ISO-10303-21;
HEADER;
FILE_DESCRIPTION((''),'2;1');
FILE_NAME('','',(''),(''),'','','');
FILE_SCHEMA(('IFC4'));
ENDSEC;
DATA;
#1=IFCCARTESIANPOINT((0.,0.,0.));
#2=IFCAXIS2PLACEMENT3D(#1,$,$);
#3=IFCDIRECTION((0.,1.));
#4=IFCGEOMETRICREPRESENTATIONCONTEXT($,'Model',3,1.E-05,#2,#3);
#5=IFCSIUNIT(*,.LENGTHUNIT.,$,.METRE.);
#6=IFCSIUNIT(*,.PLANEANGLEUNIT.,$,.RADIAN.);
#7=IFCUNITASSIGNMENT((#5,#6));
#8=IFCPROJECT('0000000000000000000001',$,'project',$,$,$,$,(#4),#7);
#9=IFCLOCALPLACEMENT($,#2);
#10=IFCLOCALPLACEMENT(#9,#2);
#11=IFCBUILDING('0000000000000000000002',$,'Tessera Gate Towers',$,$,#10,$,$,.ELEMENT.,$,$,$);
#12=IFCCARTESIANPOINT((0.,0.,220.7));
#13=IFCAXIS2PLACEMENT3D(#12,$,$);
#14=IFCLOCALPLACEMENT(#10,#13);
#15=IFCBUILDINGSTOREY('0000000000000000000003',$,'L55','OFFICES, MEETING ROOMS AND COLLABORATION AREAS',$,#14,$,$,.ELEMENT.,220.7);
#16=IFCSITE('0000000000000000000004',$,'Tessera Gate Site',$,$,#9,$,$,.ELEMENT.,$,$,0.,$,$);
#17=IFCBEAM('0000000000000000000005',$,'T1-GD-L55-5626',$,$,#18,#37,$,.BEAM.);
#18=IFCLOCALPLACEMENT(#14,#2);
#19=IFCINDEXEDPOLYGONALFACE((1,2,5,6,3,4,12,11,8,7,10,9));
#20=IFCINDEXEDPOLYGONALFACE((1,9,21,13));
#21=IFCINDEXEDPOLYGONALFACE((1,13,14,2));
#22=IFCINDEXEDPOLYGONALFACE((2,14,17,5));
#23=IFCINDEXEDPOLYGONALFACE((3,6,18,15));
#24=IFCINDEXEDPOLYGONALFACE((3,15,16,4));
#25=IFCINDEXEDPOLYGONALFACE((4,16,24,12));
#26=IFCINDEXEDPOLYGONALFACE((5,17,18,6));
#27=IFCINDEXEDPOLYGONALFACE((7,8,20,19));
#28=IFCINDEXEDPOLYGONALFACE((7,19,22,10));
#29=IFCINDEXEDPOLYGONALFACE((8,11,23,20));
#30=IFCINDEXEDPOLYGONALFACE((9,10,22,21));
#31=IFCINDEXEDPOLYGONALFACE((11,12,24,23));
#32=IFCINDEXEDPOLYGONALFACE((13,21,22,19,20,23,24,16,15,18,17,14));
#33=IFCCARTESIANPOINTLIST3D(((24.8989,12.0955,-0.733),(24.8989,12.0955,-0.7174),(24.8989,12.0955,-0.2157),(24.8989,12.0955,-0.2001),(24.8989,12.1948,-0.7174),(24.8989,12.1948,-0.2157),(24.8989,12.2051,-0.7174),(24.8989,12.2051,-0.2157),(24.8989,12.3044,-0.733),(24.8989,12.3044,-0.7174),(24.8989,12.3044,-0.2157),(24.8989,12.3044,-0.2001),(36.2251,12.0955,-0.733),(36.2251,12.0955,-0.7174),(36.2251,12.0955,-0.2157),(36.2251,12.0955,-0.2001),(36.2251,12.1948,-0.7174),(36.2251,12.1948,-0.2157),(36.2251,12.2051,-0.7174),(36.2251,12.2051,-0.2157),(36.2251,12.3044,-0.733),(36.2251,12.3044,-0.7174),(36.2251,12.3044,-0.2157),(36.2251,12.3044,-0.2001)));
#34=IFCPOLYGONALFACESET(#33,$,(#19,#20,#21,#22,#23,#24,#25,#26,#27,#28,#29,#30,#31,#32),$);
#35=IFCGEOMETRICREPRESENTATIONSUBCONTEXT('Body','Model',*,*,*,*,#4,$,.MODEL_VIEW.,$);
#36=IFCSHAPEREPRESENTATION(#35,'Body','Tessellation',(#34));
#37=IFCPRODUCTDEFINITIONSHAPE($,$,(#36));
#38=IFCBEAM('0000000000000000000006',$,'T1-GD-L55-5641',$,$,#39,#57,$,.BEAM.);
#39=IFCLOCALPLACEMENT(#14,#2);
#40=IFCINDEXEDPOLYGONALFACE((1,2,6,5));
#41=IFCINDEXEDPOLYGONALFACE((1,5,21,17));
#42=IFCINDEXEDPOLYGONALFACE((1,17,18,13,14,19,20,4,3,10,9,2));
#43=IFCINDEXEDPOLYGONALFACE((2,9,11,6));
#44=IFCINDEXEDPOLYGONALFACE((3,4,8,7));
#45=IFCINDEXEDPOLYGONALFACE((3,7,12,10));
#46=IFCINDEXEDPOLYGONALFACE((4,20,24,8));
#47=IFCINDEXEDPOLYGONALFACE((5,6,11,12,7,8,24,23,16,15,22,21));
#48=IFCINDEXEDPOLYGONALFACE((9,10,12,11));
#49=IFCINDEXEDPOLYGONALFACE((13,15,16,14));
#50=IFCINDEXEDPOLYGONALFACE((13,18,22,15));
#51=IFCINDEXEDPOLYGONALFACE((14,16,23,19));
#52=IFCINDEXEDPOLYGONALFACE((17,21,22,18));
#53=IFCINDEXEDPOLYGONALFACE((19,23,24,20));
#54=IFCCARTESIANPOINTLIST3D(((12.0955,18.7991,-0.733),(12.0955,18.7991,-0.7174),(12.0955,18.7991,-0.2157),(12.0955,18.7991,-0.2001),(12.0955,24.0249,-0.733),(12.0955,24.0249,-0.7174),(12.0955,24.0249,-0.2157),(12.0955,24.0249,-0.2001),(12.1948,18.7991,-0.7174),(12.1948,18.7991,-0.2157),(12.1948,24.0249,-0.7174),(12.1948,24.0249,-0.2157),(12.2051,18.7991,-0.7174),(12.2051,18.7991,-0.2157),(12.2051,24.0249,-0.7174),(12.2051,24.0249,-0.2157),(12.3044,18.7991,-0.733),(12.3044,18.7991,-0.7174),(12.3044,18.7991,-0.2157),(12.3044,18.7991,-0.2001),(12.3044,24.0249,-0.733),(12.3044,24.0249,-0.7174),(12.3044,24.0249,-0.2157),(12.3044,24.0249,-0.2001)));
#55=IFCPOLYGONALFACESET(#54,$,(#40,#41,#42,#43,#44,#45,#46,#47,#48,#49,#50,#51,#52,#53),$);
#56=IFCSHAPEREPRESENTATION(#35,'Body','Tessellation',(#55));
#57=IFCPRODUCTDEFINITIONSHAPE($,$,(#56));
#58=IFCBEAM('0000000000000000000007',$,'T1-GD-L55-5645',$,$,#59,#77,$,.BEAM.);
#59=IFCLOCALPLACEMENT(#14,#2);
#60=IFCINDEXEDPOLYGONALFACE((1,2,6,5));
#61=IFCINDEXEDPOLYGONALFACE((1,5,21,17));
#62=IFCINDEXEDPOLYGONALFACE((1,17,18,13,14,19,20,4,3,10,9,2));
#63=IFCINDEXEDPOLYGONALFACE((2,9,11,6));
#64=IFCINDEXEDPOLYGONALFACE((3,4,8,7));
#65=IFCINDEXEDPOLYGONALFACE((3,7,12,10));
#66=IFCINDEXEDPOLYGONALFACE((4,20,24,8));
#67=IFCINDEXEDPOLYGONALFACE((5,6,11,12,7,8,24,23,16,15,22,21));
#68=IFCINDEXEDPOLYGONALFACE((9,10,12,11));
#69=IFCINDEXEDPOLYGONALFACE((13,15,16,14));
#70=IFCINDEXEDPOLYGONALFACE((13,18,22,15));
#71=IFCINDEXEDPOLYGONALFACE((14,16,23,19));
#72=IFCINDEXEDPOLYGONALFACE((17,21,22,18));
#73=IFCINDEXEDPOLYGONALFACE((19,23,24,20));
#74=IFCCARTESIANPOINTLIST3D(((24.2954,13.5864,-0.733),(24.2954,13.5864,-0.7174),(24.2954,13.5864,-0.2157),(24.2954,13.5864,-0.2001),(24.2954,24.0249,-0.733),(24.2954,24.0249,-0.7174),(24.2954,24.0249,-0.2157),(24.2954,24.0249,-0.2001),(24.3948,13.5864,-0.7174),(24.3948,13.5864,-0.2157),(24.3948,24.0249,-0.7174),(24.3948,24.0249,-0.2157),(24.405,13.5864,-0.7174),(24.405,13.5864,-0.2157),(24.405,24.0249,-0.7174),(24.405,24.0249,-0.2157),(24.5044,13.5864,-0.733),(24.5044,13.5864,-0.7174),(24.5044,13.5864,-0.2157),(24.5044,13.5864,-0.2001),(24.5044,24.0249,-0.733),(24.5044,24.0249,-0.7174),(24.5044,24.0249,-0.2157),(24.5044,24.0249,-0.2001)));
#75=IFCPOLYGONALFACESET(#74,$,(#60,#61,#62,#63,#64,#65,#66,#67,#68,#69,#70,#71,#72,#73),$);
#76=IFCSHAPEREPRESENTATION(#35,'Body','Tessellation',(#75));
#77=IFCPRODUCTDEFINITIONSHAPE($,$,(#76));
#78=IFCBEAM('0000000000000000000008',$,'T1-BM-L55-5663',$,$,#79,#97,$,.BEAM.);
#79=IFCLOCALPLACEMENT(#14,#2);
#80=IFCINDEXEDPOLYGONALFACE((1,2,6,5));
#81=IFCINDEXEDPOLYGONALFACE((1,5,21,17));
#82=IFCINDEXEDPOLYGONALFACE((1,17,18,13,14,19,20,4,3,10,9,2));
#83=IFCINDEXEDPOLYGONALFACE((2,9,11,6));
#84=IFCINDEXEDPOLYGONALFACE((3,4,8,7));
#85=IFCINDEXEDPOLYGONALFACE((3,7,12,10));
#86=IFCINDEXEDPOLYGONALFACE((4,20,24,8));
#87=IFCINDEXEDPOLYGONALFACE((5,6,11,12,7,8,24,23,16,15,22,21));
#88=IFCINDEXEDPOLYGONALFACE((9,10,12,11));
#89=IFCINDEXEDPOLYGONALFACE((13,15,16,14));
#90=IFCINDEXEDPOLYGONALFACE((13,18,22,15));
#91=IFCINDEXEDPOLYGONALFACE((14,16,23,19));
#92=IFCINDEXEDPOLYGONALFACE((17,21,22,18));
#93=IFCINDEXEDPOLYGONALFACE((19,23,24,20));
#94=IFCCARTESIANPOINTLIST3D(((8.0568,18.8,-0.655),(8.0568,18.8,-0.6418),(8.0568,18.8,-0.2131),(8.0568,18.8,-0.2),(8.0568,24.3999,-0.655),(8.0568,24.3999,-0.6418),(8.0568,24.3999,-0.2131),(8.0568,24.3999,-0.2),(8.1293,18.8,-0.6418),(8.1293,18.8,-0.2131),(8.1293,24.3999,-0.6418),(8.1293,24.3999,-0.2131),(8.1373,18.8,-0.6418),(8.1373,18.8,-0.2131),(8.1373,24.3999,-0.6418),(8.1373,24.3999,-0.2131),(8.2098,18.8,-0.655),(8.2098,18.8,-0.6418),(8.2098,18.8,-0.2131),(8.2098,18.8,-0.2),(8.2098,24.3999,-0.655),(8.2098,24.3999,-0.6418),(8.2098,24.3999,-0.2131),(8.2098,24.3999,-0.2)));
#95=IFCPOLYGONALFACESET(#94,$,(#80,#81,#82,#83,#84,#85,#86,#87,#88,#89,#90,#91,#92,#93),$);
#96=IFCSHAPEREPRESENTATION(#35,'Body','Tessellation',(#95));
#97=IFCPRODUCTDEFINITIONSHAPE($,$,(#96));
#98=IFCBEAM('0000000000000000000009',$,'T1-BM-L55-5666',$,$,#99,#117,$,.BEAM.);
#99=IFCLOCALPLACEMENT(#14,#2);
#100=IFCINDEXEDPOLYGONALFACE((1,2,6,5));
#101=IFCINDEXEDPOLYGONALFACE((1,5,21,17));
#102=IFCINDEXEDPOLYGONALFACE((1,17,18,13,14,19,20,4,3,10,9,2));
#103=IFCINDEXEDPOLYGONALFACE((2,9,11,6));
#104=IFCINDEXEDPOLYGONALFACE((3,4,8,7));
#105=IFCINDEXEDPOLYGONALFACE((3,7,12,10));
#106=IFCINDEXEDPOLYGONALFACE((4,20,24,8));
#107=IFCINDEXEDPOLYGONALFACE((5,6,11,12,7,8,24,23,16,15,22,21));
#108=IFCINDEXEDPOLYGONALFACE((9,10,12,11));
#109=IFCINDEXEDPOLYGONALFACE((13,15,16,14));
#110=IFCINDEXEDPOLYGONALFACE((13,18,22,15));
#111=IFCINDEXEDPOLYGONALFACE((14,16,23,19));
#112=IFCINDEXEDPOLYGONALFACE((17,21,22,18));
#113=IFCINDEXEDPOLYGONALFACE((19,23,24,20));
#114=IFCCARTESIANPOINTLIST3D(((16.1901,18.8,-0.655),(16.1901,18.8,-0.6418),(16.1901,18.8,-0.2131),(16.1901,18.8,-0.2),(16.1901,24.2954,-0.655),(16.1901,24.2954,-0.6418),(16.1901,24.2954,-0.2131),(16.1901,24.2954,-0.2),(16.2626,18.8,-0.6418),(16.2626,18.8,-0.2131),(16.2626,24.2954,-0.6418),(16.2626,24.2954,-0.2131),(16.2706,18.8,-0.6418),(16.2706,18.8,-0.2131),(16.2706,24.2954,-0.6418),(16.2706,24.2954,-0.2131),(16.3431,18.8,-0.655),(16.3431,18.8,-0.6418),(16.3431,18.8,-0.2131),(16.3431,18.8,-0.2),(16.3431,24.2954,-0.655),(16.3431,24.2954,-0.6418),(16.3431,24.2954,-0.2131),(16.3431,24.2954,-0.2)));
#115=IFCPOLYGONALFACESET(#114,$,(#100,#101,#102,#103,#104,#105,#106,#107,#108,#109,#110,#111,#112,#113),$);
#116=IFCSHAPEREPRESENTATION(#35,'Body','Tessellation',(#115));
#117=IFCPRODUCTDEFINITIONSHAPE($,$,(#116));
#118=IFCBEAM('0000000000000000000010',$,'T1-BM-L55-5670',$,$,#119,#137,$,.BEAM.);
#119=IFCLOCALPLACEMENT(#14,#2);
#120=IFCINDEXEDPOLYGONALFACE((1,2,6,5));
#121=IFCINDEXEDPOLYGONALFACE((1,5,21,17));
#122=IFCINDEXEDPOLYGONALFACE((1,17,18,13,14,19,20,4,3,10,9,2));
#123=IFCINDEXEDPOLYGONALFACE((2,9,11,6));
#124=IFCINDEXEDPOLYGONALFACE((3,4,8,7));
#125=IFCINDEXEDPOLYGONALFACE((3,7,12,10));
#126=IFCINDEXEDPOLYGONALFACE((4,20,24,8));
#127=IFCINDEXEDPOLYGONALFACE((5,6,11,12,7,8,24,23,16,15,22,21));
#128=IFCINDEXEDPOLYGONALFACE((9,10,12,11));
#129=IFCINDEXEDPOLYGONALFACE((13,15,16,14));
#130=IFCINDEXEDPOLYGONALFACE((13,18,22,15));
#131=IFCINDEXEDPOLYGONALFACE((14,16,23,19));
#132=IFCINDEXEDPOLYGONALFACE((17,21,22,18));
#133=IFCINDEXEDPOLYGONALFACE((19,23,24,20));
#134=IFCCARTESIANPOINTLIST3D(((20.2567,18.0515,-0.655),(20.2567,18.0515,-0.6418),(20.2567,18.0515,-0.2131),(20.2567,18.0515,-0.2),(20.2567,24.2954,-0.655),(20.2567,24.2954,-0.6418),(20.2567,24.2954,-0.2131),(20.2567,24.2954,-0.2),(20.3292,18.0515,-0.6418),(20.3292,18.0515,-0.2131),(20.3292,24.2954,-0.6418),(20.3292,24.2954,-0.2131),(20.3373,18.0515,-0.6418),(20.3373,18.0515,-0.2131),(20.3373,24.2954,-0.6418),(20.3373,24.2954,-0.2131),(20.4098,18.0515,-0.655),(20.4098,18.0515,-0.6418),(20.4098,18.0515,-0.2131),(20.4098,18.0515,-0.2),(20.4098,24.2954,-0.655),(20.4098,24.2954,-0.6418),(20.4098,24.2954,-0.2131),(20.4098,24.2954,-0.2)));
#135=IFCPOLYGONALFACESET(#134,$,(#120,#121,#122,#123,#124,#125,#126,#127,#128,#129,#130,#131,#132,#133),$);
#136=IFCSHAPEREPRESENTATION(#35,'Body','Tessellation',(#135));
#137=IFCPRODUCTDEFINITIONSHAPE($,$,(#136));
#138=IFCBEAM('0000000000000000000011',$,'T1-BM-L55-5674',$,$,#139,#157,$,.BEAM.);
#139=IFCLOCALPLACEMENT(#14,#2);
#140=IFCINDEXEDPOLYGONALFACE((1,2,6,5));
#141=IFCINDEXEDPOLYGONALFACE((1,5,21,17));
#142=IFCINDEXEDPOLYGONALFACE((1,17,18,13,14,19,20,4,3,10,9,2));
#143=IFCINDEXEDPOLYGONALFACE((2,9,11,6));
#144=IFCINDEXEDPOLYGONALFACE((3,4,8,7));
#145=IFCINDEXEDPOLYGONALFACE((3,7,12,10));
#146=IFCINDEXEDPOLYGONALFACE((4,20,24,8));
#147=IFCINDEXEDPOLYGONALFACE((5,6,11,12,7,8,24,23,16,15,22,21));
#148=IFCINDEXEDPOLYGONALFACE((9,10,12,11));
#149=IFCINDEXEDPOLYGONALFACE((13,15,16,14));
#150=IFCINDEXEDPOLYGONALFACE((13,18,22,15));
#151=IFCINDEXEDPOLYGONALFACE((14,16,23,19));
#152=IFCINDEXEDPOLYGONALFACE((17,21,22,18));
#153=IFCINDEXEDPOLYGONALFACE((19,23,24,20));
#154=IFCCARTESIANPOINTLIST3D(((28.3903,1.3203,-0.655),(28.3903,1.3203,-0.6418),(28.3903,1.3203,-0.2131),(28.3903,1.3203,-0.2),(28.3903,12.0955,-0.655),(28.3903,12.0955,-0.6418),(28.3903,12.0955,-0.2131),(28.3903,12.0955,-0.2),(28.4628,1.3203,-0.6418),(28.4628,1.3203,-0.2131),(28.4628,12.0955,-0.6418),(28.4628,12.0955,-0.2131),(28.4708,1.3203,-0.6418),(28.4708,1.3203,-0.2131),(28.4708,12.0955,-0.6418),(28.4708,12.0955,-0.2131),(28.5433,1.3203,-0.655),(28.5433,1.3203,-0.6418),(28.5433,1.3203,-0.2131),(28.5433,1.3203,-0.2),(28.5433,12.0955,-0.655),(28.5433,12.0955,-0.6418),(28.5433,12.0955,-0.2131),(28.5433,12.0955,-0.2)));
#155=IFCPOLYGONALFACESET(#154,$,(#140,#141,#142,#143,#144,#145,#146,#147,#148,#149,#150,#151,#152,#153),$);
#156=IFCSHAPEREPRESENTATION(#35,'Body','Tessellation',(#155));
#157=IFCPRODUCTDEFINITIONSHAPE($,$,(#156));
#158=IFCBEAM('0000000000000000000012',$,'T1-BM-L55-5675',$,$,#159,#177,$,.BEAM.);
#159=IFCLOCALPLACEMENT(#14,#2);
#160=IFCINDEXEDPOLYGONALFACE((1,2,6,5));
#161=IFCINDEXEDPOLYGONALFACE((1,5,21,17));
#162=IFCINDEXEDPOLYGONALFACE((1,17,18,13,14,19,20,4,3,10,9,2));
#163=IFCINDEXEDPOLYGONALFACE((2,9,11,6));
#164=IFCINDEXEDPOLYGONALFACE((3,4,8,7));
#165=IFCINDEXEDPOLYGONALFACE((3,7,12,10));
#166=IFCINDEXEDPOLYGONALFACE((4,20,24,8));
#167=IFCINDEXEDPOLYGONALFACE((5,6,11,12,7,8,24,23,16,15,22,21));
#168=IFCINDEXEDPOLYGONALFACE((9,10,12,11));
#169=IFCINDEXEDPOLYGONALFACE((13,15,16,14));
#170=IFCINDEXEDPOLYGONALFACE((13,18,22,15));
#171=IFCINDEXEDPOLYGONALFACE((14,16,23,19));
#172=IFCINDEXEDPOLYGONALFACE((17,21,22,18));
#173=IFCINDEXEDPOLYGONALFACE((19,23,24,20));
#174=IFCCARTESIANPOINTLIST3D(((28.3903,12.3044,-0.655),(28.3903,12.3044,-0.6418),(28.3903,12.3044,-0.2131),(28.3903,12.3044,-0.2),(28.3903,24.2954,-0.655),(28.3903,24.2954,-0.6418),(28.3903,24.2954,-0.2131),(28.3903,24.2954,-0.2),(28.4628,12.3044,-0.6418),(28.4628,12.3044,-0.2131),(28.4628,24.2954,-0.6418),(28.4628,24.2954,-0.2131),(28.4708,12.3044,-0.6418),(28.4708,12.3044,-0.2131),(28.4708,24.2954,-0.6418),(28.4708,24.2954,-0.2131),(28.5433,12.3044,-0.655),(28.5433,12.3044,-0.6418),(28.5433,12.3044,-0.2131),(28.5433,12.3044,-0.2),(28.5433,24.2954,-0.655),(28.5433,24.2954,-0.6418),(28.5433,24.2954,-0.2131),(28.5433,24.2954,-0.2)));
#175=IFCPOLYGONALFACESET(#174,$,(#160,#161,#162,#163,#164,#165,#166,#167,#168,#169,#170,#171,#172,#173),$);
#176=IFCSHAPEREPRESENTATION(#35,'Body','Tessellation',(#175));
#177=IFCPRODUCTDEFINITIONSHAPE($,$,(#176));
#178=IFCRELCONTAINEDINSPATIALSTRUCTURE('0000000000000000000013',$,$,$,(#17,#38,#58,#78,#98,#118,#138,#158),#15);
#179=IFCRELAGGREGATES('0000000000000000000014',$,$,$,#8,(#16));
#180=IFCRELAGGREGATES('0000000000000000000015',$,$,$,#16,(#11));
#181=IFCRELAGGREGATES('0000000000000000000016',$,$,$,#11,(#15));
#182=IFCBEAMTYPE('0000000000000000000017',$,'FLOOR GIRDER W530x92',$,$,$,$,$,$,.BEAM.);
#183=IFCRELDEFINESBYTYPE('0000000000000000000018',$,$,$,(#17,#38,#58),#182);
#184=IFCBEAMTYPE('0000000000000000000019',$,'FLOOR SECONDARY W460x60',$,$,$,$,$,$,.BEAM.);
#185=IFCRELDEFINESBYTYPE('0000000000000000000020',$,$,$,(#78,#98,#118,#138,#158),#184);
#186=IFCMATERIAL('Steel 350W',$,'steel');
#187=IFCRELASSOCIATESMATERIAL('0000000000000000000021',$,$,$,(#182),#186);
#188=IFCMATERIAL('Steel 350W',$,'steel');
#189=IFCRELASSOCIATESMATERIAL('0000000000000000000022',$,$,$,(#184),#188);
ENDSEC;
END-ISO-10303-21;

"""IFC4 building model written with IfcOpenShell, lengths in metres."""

from ifc_helpers import new_model, si_unit, direction, frame, origin, origin_2d, place, context, subcontext, project, spatial, i_section, extrude, material, material_profile, profile_set, type_object, element, save


model = new_model("IFC4")

# Units and contexts
model_context = context("Model", 3, precision=1e-05, world=origin(), true_north=direction((0.0, 1.0)))
body_context = subcontext(model_context, "Body", "Model", "MODEL_VIEW")
ifc_project = project(units=[si_unit("LENGTHUNIT", "METRE"), si_unit("PLANEANGLEUNIT", "RADIAN")], contexts=[model_context])

# Site, building, storey
site_placement = place(None, origin())
site = spatial("IfcSite", under=ifc_project, at=site_placement, Name="Tessera Gate Site", CompositionType="ELEMENT", RefElevation=0.0)
building_placement = place(site_placement, origin())
building = spatial("IfcBuilding", under=site, at=building_placement, Name="Tessera Gate Towers", CompositionType="ELEMENT")
storey_placement = place(building_placement, frame((0.0, 0.0, 220.7)))
storey = spatial("IfcBuildingStorey", under=building, at=storey_placement, Name="L55", Description="OFFICES, MEETING ROOMS AND COLLABORATION AREAS", CompositionType="ELEMENT", Elevation=220.7)

# Beams
ifc_material_1 = material(Name="Steel 350W", Category="steel")
ifc_material_profile_1 = material_profile(ifc_material_1, i_section(OverallWidth=0.209, OverallDepth=0.533, WebThickness=0.0103, FlangeThickness=0.0156, at=origin_2d()), Name="W530x92")
ifc_profile_set_1 = profile_set([ifc_material_profile_1], Name="Steel 350W")
beam_type_1 = type_object("IfcBeamType", Name="FLOOR GIRDER W530x92", PredefinedType="BEAM", material=ifc_profile_set_1)
beam_1_placement = place(storey_placement, frame((24.8989, 12.2, -0.4666), z_axis=(1.0, 0.0, 0.0), x_axis=(0.0, 1.0, 0.0)))
element("IfcBeam", 1, at=beam_1_placement, inside=storey, type_object=beam_type_1, Name="T1-GD-L55-5626", PredefinedType="BEAM", context=body_context, shape_type="SweptSolid", body=[
    extrude(i_section(OverallWidth=0.209, OverallDepth=0.533, WebThickness=0.0103, FlangeThickness=0.0156, at=origin_2d()), origin(), (0.0, 0.0, 1.0), 11.3262),
])
beam_2_placement = place(storey_placement, frame((12.2, 18.7991, -0.4666), z_axis=(0.0, 1.0, 0.0), x_axis=(-1.0, 0.0, 0.0)))
element("IfcBeam", 2, at=beam_2_placement, inside=storey, type_object=beam_type_1, Name="T1-GD-L55-5641", PredefinedType="BEAM", context=body_context, shape_type="SweptSolid", body=[
    extrude(i_section(OverallWidth=0.209, OverallDepth=0.533, WebThickness=0.0103, FlangeThickness=0.0156, at=origin_2d()), origin(), (0.0, 0.0, 1.0), 5.2258),
])
beam_3_placement = place(storey_placement, frame((24.3999, 13.5864, -0.4666), z_axis=(0.0, 1.0, 0.0), x_axis=(-1.0, 0.0, 0.0)))
element("IfcBeam", 3, at=beam_3_placement, inside=storey, type_object=beam_type_1, Name="T1-GD-L55-5645", PredefinedType="BEAM", context=body_context, shape_type="SweptSolid", body=[
    extrude(i_section(OverallWidth=0.209, OverallDepth=0.533, WebThickness=0.0103, FlangeThickness=0.0156, at=origin_2d()), origin(), (0.0, 0.0, 1.0), 10.4385),
])
ifc_material_2 = material(Name="Steel 350W", Category="steel")
ifc_material_profile_2 = material_profile(ifc_material_2, i_section(OverallWidth=0.1531, OverallDepth=0.4551, WebThickness=0.0081, FlangeThickness=0.0132, at=origin_2d()), Name="W460x60")
ifc_profile_set_2 = profile_set([ifc_material_profile_2], Name="Steel 350W")
beam_type_2 = type_object("IfcBeamType", Name="FLOOR SECONDARY W460x60", PredefinedType="BEAM", material=ifc_profile_set_2)
beam_4_placement = place(storey_placement, frame((8.1333, 18.8, -0.4275), z_axis=(0.0, 1.0, 0.0), x_axis=(-1.0, 0.0, 0.0)))
element("IfcBeam", 4, at=beam_4_placement, inside=storey, type_object=beam_type_2, Name="T1-BM-L55-5663", PredefinedType="BEAM", context=body_context, shape_type="SweptSolid", body=[
    extrude(i_section(OverallWidth=0.1531, OverallDepth=0.4551, WebThickness=0.0081, FlangeThickness=0.0132, at=origin_2d()), origin(), (0.0, 0.0, 1.0), 5.5999),
])
beam_5_placement = place(storey_placement, frame((16.2666, 18.8, -0.4275), z_axis=(0.0, 1.0, 0.0), x_axis=(-1.0, 0.0, 0.0)))
element("IfcBeam", 5, at=beam_5_placement, inside=storey, type_object=beam_type_2, Name="T1-BM-L55-5666", PredefinedType="BEAM", context=body_context, shape_type="SweptSolid", body=[
    extrude(i_section(OverallWidth=0.1531, OverallDepth=0.4551, WebThickness=0.0081, FlangeThickness=0.0132, at=origin_2d()), origin(), (0.0, 0.0, 1.0), 5.4954),
])
beam_6_placement = place(storey_placement, frame((20.3333, 18.0515, -0.4275), z_axis=(0.0, 1.0, 0.0), x_axis=(-1.0, 0.0, 0.0)))
element("IfcBeam", 6, at=beam_6_placement, inside=storey, type_object=beam_type_2, Name="T1-BM-L55-5670", PredefinedType="BEAM", context=body_context, shape_type="SweptSolid", body=[
    extrude(i_section(OverallWidth=0.1531, OverallDepth=0.4551, WebThickness=0.0081, FlangeThickness=0.0132, at=origin_2d()), origin(), (0.0, 0.0, 1.0), 6.2439),
])
beam_7_placement = place(storey_placement, frame((28.4668, 1.3203, -0.4275), z_axis=(0.0, 1.0, 0.0), x_axis=(-1.0, 0.0, 0.0)))
element("IfcBeam", 7, at=beam_7_placement, inside=storey, type_object=beam_type_2, Name="T1-BM-L55-5674", PredefinedType="BEAM", context=body_context, shape_type="SweptSolid", body=[
    extrude(i_section(OverallWidth=0.1531, OverallDepth=0.4551, WebThickness=0.0081, FlangeThickness=0.0132, at=origin_2d()), origin(), (0.0, 0.0, 1.0), 10.7751),
])
beam_8_placement = place(storey_placement, frame((28.4668, 12.3044, -0.4275), z_axis=(0.0, 1.0, 0.0), x_axis=(-1.0, 0.0, 0.0)))
element("IfcBeam", 8, at=beam_8_placement, inside=storey, type_object=beam_type_2, Name="T1-BM-L55-5675", PredefinedType="BEAM", context=body_context, shape_type="SweptSolid", body=[
    extrude(i_section(OverallWidth=0.1531, OverallDepth=0.4551, WebThickness=0.0081, FlangeThickness=0.0132, at=origin_2d()), origin(), (0.0, 0.0, 1.0), 11.991),
])

save(model, "model.ifc")
